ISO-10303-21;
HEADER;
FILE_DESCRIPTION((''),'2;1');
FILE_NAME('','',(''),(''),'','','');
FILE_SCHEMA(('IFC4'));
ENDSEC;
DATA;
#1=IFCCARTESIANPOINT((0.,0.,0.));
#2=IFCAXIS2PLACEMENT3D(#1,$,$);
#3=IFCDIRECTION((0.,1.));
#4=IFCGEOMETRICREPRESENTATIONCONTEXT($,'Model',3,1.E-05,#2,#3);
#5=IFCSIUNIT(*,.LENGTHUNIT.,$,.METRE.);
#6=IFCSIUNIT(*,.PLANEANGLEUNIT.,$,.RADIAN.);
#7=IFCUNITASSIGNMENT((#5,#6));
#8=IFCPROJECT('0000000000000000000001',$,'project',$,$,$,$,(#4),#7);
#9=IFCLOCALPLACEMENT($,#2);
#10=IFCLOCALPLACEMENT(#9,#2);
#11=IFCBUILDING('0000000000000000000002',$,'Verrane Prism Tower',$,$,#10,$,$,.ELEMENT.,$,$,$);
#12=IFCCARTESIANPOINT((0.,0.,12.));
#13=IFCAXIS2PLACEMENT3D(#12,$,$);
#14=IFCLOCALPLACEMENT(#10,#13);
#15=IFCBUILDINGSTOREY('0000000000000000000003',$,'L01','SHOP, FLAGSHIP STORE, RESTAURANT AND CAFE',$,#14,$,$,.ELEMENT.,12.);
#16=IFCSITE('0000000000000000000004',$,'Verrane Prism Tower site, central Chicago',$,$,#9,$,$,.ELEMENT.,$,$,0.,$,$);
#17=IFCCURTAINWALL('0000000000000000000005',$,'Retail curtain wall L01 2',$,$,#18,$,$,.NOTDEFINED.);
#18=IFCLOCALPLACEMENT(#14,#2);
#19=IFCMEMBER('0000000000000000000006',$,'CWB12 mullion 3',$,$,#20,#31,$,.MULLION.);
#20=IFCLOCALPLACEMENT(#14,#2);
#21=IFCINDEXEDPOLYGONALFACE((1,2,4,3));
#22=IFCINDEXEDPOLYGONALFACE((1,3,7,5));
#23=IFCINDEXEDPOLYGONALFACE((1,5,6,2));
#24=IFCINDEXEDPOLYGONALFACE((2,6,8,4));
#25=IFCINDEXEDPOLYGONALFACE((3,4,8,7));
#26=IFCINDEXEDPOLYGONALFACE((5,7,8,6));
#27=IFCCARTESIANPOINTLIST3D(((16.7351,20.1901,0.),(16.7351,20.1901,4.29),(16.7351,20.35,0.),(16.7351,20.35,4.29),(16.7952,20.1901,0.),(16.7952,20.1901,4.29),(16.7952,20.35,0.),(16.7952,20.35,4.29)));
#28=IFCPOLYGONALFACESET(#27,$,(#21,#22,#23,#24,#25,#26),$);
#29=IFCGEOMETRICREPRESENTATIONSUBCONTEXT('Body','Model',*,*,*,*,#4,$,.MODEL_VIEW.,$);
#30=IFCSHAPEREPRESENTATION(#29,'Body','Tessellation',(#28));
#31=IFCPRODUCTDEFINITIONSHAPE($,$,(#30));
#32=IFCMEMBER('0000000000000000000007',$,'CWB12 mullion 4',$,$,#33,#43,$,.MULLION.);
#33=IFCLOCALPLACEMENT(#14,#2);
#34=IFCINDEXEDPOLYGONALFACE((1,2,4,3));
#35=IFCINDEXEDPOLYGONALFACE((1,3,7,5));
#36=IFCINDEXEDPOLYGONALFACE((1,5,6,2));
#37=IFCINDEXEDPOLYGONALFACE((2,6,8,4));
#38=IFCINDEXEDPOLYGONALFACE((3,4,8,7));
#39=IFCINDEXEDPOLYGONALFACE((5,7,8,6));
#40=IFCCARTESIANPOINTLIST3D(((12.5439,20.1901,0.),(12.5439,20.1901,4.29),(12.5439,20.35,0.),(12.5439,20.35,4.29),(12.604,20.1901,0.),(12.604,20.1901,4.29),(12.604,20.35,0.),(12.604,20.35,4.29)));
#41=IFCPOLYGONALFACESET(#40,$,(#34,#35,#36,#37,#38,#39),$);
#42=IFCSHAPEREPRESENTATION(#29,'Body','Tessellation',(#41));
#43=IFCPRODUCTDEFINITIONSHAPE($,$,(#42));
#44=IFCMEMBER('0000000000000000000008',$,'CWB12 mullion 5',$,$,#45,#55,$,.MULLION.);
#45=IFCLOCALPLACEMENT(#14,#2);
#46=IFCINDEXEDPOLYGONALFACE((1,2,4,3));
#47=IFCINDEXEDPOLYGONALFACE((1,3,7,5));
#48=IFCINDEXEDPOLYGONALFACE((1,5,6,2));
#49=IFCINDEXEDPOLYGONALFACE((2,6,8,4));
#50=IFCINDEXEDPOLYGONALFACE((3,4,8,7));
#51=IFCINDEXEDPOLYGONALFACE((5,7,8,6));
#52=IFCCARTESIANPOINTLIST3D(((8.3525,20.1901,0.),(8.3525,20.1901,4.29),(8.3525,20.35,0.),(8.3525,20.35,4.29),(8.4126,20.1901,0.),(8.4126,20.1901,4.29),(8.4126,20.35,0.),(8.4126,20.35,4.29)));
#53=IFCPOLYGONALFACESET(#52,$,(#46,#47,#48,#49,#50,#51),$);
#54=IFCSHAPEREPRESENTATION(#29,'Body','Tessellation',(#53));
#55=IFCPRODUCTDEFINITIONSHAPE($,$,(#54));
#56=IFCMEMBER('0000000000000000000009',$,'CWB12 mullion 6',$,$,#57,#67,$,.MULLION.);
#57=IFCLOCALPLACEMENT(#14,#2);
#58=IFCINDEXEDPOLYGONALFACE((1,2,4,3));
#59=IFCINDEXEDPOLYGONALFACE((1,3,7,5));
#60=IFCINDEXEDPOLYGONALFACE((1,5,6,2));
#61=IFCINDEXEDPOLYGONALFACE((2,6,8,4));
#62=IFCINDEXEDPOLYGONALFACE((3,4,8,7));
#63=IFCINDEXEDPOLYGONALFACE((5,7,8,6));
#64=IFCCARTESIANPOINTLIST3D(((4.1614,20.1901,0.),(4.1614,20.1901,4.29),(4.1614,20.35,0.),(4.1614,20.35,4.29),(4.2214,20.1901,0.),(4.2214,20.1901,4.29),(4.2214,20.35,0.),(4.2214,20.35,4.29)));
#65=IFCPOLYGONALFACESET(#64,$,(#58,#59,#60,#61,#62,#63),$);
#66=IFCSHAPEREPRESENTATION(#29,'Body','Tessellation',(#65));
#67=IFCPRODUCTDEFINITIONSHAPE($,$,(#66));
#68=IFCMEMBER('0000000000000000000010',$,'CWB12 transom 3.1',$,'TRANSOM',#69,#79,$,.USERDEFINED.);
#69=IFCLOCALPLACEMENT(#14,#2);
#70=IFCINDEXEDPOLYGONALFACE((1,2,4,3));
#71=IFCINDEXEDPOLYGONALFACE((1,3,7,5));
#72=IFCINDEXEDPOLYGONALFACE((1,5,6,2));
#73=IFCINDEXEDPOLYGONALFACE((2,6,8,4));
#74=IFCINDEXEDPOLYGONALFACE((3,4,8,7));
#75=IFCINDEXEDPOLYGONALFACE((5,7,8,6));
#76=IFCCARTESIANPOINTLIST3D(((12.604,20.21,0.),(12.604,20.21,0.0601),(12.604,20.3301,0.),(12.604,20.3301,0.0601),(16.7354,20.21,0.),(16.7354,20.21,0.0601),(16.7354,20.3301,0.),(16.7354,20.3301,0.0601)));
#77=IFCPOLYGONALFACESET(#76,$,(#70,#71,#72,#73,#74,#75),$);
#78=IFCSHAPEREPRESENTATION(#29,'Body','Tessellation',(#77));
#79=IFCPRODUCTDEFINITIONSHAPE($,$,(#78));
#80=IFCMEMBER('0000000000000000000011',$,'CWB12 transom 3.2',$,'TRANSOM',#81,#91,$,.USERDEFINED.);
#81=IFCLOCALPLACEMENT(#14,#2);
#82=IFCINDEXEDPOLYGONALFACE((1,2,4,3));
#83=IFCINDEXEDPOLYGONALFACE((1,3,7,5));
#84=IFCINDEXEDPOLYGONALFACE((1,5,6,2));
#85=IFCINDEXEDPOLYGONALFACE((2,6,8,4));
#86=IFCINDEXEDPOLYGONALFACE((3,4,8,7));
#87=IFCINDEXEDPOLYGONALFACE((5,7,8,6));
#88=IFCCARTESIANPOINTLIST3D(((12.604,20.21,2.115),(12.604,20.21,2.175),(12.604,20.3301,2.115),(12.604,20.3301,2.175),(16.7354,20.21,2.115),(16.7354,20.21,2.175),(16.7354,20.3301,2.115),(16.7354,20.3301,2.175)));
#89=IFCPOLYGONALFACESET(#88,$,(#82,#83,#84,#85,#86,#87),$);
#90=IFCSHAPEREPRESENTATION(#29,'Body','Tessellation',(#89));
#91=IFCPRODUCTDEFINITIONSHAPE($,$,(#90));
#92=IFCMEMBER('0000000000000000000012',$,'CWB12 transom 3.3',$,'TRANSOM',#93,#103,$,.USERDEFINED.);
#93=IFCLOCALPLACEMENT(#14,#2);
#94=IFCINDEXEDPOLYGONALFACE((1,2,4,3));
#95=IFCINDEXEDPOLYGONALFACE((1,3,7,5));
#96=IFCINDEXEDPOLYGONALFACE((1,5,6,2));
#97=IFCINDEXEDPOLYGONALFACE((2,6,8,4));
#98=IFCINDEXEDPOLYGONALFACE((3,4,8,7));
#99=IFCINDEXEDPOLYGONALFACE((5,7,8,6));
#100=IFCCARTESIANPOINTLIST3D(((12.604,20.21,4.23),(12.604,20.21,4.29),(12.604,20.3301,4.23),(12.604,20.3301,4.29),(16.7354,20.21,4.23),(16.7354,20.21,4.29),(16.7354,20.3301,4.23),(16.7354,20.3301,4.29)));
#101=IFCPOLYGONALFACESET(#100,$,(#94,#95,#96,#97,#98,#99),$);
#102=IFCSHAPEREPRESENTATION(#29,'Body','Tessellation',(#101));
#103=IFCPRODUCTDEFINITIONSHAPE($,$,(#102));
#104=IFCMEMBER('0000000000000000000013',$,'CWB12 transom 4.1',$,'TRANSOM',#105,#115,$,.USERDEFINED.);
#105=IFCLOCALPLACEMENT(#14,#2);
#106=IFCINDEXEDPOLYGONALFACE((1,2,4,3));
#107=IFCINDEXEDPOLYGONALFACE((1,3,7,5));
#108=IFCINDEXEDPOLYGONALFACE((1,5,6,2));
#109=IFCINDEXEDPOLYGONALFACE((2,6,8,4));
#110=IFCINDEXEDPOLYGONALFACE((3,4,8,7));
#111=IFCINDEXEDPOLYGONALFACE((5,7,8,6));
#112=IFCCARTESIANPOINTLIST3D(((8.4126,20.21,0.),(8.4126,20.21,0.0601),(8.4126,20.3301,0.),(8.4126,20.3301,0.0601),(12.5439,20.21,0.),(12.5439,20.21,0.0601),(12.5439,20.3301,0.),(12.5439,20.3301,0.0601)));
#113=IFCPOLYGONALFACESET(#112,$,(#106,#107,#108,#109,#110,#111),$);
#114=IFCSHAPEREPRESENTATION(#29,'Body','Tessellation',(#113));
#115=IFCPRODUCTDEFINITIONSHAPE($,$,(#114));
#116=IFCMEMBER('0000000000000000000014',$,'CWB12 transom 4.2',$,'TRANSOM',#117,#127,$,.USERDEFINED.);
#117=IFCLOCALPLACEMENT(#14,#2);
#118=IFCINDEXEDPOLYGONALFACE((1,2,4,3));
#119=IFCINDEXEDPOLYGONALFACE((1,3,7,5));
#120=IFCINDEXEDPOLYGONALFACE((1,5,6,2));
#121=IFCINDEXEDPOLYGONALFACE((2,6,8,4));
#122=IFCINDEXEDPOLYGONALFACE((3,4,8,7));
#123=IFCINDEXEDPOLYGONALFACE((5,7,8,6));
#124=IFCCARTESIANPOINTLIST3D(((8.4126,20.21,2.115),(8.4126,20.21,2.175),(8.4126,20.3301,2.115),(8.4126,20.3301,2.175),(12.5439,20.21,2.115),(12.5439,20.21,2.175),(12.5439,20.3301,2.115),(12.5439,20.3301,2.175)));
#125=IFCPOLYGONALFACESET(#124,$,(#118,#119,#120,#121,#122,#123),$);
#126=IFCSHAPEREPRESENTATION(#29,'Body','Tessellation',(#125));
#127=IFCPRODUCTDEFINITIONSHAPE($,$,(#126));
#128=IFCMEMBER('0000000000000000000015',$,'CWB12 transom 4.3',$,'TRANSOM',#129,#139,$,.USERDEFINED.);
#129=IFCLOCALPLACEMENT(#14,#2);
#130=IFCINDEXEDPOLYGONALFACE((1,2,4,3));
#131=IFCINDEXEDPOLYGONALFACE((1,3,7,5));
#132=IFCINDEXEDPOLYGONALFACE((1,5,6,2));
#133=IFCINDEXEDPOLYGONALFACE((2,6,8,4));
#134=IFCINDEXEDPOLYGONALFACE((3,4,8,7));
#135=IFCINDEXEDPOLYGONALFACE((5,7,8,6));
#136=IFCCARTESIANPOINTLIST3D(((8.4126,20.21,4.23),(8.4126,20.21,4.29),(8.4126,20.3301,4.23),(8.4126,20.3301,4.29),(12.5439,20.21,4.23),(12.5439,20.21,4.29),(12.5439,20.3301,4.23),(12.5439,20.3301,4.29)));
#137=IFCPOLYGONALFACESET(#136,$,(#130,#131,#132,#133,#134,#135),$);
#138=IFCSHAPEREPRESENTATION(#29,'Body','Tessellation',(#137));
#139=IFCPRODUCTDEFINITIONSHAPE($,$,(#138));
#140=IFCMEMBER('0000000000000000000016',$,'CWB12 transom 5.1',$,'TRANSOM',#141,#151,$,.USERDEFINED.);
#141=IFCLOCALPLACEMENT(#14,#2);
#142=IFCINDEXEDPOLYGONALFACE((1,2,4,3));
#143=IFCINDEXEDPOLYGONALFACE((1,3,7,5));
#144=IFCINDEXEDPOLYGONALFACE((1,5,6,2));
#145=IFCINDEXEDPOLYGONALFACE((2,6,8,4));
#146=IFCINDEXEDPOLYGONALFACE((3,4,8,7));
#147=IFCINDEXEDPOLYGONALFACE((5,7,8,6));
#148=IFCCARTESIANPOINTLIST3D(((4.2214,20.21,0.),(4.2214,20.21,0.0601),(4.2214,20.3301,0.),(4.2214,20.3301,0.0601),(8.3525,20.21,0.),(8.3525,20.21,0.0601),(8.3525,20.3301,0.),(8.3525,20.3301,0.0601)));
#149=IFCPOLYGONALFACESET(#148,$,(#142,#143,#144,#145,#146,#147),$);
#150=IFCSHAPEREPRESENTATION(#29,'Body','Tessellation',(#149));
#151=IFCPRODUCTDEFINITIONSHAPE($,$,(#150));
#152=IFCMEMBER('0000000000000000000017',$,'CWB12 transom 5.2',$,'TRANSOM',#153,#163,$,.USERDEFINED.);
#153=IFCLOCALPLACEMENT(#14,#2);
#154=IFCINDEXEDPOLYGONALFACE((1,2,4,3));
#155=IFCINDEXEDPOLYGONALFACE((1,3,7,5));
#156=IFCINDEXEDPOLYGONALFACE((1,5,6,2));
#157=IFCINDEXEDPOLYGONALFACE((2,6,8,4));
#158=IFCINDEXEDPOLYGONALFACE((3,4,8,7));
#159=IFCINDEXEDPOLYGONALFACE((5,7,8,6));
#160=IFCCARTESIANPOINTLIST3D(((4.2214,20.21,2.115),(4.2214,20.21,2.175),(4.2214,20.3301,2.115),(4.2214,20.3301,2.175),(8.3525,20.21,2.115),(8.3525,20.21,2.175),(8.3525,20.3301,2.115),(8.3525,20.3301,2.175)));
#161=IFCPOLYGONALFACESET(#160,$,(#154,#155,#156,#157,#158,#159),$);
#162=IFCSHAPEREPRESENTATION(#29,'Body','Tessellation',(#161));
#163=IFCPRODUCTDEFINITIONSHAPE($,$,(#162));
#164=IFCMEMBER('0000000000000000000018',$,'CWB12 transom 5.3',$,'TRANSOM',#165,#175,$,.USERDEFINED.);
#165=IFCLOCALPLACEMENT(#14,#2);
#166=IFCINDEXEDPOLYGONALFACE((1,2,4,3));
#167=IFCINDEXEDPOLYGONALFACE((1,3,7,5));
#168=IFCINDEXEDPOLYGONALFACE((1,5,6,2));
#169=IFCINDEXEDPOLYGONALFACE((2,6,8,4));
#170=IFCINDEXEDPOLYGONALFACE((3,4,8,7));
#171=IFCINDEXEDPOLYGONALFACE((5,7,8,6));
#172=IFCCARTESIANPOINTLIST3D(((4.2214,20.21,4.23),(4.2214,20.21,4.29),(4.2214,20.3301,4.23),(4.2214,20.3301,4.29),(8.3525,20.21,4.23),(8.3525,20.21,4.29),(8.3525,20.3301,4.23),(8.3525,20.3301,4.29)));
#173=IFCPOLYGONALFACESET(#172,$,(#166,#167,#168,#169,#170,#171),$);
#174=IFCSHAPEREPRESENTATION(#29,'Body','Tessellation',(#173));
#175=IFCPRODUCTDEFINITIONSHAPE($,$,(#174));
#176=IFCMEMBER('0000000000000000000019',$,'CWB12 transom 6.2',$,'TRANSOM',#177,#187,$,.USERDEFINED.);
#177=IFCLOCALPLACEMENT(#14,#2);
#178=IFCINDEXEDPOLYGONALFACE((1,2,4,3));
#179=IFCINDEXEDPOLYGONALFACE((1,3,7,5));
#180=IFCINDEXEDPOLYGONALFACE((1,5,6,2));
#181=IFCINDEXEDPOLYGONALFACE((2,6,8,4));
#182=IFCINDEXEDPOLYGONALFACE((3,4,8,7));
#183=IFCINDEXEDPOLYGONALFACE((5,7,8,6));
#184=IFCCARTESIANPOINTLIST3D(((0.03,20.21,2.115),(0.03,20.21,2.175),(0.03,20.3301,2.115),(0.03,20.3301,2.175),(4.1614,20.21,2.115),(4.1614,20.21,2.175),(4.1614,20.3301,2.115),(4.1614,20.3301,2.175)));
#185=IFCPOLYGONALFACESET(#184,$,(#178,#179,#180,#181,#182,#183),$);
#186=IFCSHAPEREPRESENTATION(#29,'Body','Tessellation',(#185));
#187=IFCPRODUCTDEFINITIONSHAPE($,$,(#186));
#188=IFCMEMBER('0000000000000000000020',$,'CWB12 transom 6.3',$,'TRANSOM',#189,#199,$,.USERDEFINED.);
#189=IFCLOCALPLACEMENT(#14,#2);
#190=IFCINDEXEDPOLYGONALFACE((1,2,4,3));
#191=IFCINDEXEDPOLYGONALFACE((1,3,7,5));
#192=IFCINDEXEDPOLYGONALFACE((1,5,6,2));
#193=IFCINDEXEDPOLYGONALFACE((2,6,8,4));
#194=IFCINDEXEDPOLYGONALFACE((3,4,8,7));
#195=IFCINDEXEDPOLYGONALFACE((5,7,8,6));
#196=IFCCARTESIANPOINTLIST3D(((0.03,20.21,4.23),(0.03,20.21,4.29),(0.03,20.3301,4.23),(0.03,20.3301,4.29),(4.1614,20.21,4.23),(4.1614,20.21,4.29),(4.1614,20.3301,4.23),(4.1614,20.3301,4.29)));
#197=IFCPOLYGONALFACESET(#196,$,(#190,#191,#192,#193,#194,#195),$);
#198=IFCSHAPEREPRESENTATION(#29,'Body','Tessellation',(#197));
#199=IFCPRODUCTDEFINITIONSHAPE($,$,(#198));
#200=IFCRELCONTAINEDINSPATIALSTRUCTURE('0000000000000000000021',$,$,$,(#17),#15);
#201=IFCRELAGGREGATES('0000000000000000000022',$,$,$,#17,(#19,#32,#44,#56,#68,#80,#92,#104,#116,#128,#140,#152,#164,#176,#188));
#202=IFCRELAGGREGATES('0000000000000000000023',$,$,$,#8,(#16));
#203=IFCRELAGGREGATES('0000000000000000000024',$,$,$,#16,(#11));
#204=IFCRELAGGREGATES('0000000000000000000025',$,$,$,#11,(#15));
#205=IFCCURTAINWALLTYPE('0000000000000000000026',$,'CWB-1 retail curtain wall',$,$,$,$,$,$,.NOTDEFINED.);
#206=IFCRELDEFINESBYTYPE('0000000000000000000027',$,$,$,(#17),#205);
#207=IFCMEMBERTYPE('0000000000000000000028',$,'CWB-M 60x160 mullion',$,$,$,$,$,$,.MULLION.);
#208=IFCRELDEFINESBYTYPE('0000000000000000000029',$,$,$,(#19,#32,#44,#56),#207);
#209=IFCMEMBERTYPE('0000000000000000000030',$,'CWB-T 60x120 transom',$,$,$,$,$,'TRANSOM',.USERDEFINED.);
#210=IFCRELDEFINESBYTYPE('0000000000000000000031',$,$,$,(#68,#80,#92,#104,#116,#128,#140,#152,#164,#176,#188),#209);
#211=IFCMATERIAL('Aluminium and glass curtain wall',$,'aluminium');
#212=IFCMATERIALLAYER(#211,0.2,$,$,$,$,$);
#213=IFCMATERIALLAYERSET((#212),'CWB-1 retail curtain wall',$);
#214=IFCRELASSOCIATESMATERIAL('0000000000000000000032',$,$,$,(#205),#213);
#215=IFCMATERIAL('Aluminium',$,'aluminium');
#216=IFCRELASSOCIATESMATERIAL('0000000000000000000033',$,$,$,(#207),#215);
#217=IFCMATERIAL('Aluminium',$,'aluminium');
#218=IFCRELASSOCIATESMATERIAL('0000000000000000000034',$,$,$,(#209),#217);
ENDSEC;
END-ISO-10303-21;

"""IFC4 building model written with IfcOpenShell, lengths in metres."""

from ifc_helpers import new_model, si_unit, direction, frame, origin, origin_2d, place, context, subcontext, project, spatial, rectangle, extrude, material, layer, layer_set, material_profile, profile_set, type_object, element, aggregate, save


model = new_model("IFC4")

# Units and contexts
model_context = context("Model", 3, precision=1e-05, world=origin(), true_north=direction((0.0, 1.0)))
body_context = subcontext(model_context, "Body", "Model", "MODEL_VIEW")
ifc_project = project(units=[si_unit("LENGTHUNIT", "METRE"), si_unit("PLANEANGLEUNIT", "RADIAN")], contexts=[model_context])

# Site, building, storey
site_placement = place(None, origin())
site = spatial("IfcSite", under=ifc_project, at=site_placement, Name="Verrane Prism Tower site, central Chicago", CompositionType="ELEMENT", RefElevation=0.0)
building_placement = place(site_placement, origin())
building = spatial("IfcBuilding", under=site, at=building_placement, Name="Verrane Prism Tower", CompositionType="ELEMENT")
storey_placement = place(building_placement, frame((0.0, 0.0, 12.0)))
storey = spatial("IfcBuildingStorey", under=building, at=storey_placement, Name="L01", Description="SHOP, FLAGSHIP STORE, RESTAURANT AND CAFE", CompositionType="ELEMENT", Elevation=12.0)

# Curtain wall, members
ifc_material_1 = material(Name="Aluminium and glass curtain wall", Category="aluminium")
ifc_layer_1 = layer(ifc_material_1, 0.2)
ifc_layer_set_1 = layer_set([ifc_layer_1], Name="CWB-1 retail curtain wall")
curtain_wall_type = type_object("IfcCurtainWallType", Name="CWB-1 retail curtain wall", PredefinedType="NOTDEFINED", material=ifc_layer_set_1)
curtain_wall_placement = place(storey_placement, origin())
curtain_wall = element("IfcCurtainWall", 1, at=curtain_wall_placement, inside=storey, type_object=curtain_wall_type, Name="Retail curtain wall L01 2", PredefinedType="NOTDEFINED")
ifc_material_2 = material(Name="Aluminium", Category="aluminium")
ifc_material_profile_1 = material_profile(ifc_material_2, rectangle(XDim=0.1599, YDim=0.0601, at=origin_2d()), Name="CWB-M 60x160 mullion")
ifc_profile_set_1 = profile_set([ifc_material_profile_1], Name="Aluminium")
member_type_1 = type_object("IfcMemberType", Name="CWB-M 60x160 mullion", PredefinedType="MULLION", material=ifc_profile_set_1)
member_1_placement = place(storey_placement, frame((16.7651, 20.27, 0.0), z_axis=(0.0, 0.0, 1.0), x_axis=(0.0, -1.0, 0.0)))
member_1 = element("IfcMember", 2, at=member_1_placement, type_object=member_type_1, Name="CWB12 mullion 3", PredefinedType="MULLION", context=body_context, shape_type="SweptSolid", body=[
    extrude(rectangle(XDim=0.1599, YDim=0.0601, at=origin_2d()), origin(), (0.0, 0.0, 1.0), 4.29),
])
member_2_placement = place(storey_placement, frame((12.574, 20.27, 0.0), z_axis=(0.0, 0.0, 1.0), x_axis=(0.0, -1.0, 0.0)))
member_2 = element("IfcMember", 3, at=member_2_placement, type_object=member_type_1, Name="CWB12 mullion 4", PredefinedType="MULLION", context=body_context, shape_type="SweptSolid", body=[
    extrude(rectangle(XDim=0.1599, YDim=0.0601, at=origin_2d()), origin(), (0.0, 0.0, 1.0), 4.29),
])
member_3_placement = place(storey_placement, frame((8.3826, 20.27, 0.0), z_axis=(0.0, 0.0, 1.0), x_axis=(0.0, -1.0, 0.0)))
member_3 = element("IfcMember", 4, at=member_3_placement, type_object=member_type_1, Name="CWB12 mullion 5", PredefinedType="MULLION", context=body_context, shape_type="SweptSolid", body=[
    extrude(rectangle(XDim=0.1599, YDim=0.0601, at=origin_2d()), origin(), (0.0, 0.0, 1.0), 4.29),
])
member_4_placement = place(storey_placement, frame((4.1914, 20.27, 0.0), z_axis=(0.0, 0.0, 1.0), x_axis=(0.0, -1.0, 0.0)))
member_4 = element("IfcMember", 5, at=member_4_placement, type_object=member_type_1, Name="CWB12 mullion 6", PredefinedType="MULLION", context=body_context, shape_type="SweptSolid", body=[
    extrude(rectangle(XDim=0.1599, YDim=0.0601, at=origin_2d()), origin(), (0.0, 0.0, 1.0), 4.29),
])
ifc_material_3 = material(Name="Aluminium", Category="aluminium")
ifc_material_profile_2 = material_profile(ifc_material_3, rectangle(XDim=0.1201, YDim=0.0601, at=origin_2d()), Name="CWB-T 60x120 transom")
ifc_profile_set_2 = profile_set([ifc_material_profile_2], Name="Aluminium")
member_type_2 = type_object("IfcMemberType", Name="CWB-T 60x120 transom", ElementType="TRANSOM", PredefinedType="USERDEFINED", material=ifc_profile_set_2)
member_5_placement = place(storey_placement, frame((16.7354, 20.27, 0.03), z_axis=(-1.0, 0.0, 0.0), x_axis=(0.0, -1.0, 0.0)))
member_5 = element("IfcMember", 6, at=member_5_placement, type_object=member_type_2, Name="CWB12 transom 3.1", ObjectType="TRANSOM", PredefinedType="USERDEFINED", context=body_context, shape_type="SweptSolid", body=[
    extrude(rectangle(XDim=0.1201, YDim=0.0601, at=origin_2d()), origin(), (0.0, 0.0, 1.0), 4.1313),
])
member_6_placement = place(storey_placement, frame((16.7354, 20.27, 2.145), z_axis=(-1.0, 0.0, 0.0), x_axis=(0.0, -1.0, 0.0)))
member_6 = element("IfcMember", 7, at=member_6_placement, type_object=member_type_2, Name="CWB12 transom 3.2", ObjectType="TRANSOM", PredefinedType="USERDEFINED", context=body_context, shape_type="SweptSolid", body=[
    extrude(rectangle(XDim=0.1201, YDim=0.0601, at=origin_2d()), origin(), (0.0, 0.0, 1.0), 4.1313),
])
member_7_placement = place(storey_placement, frame((16.7354, 20.27, 4.26), z_axis=(-1.0, 0.0, 0.0), x_axis=(0.0, -1.0, 0.0)))
member_7 = element("IfcMember", 8, at=member_7_placement, type_object=member_type_2, Name="CWB12 transom 3.3", ObjectType="TRANSOM", PredefinedType="USERDEFINED", context=body_context, shape_type="SweptSolid", body=[
    extrude(rectangle(XDim=0.1201, YDim=0.0601, at=origin_2d()), origin(), (0.0, 0.0, 1.0), 4.1313),
])
member_8_placement = place(storey_placement, frame((12.5439, 20.27, 0.03), z_axis=(-1.0, 0.0, 0.0), x_axis=(0.0, -1.0, 0.0)))
member_8 = element("IfcMember", 9, at=member_8_placement, type_object=member_type_2, Name="CWB12 transom 4.1", ObjectType="TRANSOM", PredefinedType="USERDEFINED", context=body_context, shape_type="SweptSolid", body=[
    extrude(rectangle(XDim=0.1201, YDim=0.0601, at=origin_2d()), origin(), (0.0, 0.0, 1.0), 4.1313),
])
member_9_placement = place(storey_placement, frame((12.5439, 20.27, 2.145), z_axis=(-1.0, 0.0, 0.0), x_axis=(0.0, -1.0, 0.0)))
member_9 = element("IfcMember", 10, at=member_9_placement, type_object=member_type_2, Name="CWB12 transom 4.2", ObjectType="TRANSOM", PredefinedType="USERDEFINED", context=body_context, shape_type="SweptSolid", body=[
    extrude(rectangle(XDim=0.1201, YDim=0.0601, at=origin_2d()), origin(), (0.0, 0.0, 1.0), 4.1313),
])
member_10_placement = place(storey_placement, frame((12.5439, 20.27, 4.26), z_axis=(-1.0, 0.0, 0.0), x_axis=(0.0, -1.0, 0.0)))
member_10 = element("IfcMember", 11, at=member_10_placement, type_object=member_type_2, Name="CWB12 transom 4.3", ObjectType="TRANSOM", PredefinedType="USERDEFINED", context=body_context, shape_type="SweptSolid", body=[
    extrude(rectangle(XDim=0.1201, YDim=0.0601, at=origin_2d()), origin(), (0.0, 0.0, 1.0), 4.1313),
])
member_11_placement = place(storey_placement, frame((8.3525, 20.27, 0.03), z_axis=(-1.0, 0.0, 0.0), x_axis=(0.0, -1.0, 0.0)))
member_11 = element("IfcMember", 12, at=member_11_placement, type_object=member_type_2, Name="CWB12 transom 5.1", ObjectType="TRANSOM", PredefinedType="USERDEFINED", context=body_context, shape_type="SweptSolid", body=[
    extrude(rectangle(XDim=0.1201, YDim=0.0601, at=origin_2d()), origin(), (0.0, 0.0, 1.0), 4.1311),
])
member_12_placement = place(storey_placement, frame((8.3525, 20.27, 2.145), z_axis=(-1.0, 0.0, 0.0), x_axis=(0.0, -1.0, 0.0)))
member_12 = element("IfcMember", 13, at=member_12_placement, type_object=member_type_2, Name="CWB12 transom 5.2", ObjectType="TRANSOM", PredefinedType="USERDEFINED", context=body_context, shape_type="SweptSolid", body=[
    extrude(rectangle(XDim=0.1201, YDim=0.0601, at=origin_2d()), origin(), (0.0, 0.0, 1.0), 4.1311),
])
member_13_placement = place(storey_placement, frame((8.3525, 20.27, 4.26), z_axis=(-1.0, 0.0, 0.0), x_axis=(0.0, -1.0, 0.0)))
member_13 = element("IfcMember", 14, at=member_13_placement, type_object=member_type_2, Name="CWB12 transom 5.3", ObjectType="TRANSOM", PredefinedType="USERDEFINED", context=body_context, shape_type="SweptSolid", body=[
    extrude(rectangle(XDim=0.1201, YDim=0.0601, at=origin_2d()), origin(), (0.0, 0.0, 1.0), 4.1311),
])
member_14_placement = place(storey_placement, frame((4.1614, 20.27, 2.145), z_axis=(-1.0, 0.0, 0.0), x_axis=(0.0, -1.0, 0.0)))
member_14 = element("IfcMember", 15, at=member_14_placement, type_object=member_type_2, Name="CWB12 transom 6.2", ObjectType="TRANSOM", PredefinedType="USERDEFINED", context=body_context, shape_type="SweptSolid", body=[
    extrude(rectangle(XDim=0.1201, YDim=0.0601, at=origin_2d()), origin(), (0.0, 0.0, 1.0), 4.1313),
])
member_15_placement = place(storey_placement, frame((4.1614, 20.27, 4.26), z_axis=(-1.0, 0.0, 0.0), x_axis=(0.0, -1.0, 0.0)))
member_15 = element("IfcMember", 16, at=member_15_placement, type_object=member_type_2, Name="CWB12 transom 6.3", ObjectType="TRANSOM", PredefinedType="USERDEFINED", context=body_context, shape_type="SweptSolid", body=[
    extrude(rectangle(XDim=0.1201, YDim=0.0601, at=origin_2d()), origin(), (0.0, 0.0, 1.0), 4.1313),
])

aggregate(curtain_wall, [member_1, member_2, member_3, member_4, member_5, member_6, member_7, member_8, member_9, member_10, member_11, member_12, member_13, member_14, member_15])

save(model, "model.ifc")
